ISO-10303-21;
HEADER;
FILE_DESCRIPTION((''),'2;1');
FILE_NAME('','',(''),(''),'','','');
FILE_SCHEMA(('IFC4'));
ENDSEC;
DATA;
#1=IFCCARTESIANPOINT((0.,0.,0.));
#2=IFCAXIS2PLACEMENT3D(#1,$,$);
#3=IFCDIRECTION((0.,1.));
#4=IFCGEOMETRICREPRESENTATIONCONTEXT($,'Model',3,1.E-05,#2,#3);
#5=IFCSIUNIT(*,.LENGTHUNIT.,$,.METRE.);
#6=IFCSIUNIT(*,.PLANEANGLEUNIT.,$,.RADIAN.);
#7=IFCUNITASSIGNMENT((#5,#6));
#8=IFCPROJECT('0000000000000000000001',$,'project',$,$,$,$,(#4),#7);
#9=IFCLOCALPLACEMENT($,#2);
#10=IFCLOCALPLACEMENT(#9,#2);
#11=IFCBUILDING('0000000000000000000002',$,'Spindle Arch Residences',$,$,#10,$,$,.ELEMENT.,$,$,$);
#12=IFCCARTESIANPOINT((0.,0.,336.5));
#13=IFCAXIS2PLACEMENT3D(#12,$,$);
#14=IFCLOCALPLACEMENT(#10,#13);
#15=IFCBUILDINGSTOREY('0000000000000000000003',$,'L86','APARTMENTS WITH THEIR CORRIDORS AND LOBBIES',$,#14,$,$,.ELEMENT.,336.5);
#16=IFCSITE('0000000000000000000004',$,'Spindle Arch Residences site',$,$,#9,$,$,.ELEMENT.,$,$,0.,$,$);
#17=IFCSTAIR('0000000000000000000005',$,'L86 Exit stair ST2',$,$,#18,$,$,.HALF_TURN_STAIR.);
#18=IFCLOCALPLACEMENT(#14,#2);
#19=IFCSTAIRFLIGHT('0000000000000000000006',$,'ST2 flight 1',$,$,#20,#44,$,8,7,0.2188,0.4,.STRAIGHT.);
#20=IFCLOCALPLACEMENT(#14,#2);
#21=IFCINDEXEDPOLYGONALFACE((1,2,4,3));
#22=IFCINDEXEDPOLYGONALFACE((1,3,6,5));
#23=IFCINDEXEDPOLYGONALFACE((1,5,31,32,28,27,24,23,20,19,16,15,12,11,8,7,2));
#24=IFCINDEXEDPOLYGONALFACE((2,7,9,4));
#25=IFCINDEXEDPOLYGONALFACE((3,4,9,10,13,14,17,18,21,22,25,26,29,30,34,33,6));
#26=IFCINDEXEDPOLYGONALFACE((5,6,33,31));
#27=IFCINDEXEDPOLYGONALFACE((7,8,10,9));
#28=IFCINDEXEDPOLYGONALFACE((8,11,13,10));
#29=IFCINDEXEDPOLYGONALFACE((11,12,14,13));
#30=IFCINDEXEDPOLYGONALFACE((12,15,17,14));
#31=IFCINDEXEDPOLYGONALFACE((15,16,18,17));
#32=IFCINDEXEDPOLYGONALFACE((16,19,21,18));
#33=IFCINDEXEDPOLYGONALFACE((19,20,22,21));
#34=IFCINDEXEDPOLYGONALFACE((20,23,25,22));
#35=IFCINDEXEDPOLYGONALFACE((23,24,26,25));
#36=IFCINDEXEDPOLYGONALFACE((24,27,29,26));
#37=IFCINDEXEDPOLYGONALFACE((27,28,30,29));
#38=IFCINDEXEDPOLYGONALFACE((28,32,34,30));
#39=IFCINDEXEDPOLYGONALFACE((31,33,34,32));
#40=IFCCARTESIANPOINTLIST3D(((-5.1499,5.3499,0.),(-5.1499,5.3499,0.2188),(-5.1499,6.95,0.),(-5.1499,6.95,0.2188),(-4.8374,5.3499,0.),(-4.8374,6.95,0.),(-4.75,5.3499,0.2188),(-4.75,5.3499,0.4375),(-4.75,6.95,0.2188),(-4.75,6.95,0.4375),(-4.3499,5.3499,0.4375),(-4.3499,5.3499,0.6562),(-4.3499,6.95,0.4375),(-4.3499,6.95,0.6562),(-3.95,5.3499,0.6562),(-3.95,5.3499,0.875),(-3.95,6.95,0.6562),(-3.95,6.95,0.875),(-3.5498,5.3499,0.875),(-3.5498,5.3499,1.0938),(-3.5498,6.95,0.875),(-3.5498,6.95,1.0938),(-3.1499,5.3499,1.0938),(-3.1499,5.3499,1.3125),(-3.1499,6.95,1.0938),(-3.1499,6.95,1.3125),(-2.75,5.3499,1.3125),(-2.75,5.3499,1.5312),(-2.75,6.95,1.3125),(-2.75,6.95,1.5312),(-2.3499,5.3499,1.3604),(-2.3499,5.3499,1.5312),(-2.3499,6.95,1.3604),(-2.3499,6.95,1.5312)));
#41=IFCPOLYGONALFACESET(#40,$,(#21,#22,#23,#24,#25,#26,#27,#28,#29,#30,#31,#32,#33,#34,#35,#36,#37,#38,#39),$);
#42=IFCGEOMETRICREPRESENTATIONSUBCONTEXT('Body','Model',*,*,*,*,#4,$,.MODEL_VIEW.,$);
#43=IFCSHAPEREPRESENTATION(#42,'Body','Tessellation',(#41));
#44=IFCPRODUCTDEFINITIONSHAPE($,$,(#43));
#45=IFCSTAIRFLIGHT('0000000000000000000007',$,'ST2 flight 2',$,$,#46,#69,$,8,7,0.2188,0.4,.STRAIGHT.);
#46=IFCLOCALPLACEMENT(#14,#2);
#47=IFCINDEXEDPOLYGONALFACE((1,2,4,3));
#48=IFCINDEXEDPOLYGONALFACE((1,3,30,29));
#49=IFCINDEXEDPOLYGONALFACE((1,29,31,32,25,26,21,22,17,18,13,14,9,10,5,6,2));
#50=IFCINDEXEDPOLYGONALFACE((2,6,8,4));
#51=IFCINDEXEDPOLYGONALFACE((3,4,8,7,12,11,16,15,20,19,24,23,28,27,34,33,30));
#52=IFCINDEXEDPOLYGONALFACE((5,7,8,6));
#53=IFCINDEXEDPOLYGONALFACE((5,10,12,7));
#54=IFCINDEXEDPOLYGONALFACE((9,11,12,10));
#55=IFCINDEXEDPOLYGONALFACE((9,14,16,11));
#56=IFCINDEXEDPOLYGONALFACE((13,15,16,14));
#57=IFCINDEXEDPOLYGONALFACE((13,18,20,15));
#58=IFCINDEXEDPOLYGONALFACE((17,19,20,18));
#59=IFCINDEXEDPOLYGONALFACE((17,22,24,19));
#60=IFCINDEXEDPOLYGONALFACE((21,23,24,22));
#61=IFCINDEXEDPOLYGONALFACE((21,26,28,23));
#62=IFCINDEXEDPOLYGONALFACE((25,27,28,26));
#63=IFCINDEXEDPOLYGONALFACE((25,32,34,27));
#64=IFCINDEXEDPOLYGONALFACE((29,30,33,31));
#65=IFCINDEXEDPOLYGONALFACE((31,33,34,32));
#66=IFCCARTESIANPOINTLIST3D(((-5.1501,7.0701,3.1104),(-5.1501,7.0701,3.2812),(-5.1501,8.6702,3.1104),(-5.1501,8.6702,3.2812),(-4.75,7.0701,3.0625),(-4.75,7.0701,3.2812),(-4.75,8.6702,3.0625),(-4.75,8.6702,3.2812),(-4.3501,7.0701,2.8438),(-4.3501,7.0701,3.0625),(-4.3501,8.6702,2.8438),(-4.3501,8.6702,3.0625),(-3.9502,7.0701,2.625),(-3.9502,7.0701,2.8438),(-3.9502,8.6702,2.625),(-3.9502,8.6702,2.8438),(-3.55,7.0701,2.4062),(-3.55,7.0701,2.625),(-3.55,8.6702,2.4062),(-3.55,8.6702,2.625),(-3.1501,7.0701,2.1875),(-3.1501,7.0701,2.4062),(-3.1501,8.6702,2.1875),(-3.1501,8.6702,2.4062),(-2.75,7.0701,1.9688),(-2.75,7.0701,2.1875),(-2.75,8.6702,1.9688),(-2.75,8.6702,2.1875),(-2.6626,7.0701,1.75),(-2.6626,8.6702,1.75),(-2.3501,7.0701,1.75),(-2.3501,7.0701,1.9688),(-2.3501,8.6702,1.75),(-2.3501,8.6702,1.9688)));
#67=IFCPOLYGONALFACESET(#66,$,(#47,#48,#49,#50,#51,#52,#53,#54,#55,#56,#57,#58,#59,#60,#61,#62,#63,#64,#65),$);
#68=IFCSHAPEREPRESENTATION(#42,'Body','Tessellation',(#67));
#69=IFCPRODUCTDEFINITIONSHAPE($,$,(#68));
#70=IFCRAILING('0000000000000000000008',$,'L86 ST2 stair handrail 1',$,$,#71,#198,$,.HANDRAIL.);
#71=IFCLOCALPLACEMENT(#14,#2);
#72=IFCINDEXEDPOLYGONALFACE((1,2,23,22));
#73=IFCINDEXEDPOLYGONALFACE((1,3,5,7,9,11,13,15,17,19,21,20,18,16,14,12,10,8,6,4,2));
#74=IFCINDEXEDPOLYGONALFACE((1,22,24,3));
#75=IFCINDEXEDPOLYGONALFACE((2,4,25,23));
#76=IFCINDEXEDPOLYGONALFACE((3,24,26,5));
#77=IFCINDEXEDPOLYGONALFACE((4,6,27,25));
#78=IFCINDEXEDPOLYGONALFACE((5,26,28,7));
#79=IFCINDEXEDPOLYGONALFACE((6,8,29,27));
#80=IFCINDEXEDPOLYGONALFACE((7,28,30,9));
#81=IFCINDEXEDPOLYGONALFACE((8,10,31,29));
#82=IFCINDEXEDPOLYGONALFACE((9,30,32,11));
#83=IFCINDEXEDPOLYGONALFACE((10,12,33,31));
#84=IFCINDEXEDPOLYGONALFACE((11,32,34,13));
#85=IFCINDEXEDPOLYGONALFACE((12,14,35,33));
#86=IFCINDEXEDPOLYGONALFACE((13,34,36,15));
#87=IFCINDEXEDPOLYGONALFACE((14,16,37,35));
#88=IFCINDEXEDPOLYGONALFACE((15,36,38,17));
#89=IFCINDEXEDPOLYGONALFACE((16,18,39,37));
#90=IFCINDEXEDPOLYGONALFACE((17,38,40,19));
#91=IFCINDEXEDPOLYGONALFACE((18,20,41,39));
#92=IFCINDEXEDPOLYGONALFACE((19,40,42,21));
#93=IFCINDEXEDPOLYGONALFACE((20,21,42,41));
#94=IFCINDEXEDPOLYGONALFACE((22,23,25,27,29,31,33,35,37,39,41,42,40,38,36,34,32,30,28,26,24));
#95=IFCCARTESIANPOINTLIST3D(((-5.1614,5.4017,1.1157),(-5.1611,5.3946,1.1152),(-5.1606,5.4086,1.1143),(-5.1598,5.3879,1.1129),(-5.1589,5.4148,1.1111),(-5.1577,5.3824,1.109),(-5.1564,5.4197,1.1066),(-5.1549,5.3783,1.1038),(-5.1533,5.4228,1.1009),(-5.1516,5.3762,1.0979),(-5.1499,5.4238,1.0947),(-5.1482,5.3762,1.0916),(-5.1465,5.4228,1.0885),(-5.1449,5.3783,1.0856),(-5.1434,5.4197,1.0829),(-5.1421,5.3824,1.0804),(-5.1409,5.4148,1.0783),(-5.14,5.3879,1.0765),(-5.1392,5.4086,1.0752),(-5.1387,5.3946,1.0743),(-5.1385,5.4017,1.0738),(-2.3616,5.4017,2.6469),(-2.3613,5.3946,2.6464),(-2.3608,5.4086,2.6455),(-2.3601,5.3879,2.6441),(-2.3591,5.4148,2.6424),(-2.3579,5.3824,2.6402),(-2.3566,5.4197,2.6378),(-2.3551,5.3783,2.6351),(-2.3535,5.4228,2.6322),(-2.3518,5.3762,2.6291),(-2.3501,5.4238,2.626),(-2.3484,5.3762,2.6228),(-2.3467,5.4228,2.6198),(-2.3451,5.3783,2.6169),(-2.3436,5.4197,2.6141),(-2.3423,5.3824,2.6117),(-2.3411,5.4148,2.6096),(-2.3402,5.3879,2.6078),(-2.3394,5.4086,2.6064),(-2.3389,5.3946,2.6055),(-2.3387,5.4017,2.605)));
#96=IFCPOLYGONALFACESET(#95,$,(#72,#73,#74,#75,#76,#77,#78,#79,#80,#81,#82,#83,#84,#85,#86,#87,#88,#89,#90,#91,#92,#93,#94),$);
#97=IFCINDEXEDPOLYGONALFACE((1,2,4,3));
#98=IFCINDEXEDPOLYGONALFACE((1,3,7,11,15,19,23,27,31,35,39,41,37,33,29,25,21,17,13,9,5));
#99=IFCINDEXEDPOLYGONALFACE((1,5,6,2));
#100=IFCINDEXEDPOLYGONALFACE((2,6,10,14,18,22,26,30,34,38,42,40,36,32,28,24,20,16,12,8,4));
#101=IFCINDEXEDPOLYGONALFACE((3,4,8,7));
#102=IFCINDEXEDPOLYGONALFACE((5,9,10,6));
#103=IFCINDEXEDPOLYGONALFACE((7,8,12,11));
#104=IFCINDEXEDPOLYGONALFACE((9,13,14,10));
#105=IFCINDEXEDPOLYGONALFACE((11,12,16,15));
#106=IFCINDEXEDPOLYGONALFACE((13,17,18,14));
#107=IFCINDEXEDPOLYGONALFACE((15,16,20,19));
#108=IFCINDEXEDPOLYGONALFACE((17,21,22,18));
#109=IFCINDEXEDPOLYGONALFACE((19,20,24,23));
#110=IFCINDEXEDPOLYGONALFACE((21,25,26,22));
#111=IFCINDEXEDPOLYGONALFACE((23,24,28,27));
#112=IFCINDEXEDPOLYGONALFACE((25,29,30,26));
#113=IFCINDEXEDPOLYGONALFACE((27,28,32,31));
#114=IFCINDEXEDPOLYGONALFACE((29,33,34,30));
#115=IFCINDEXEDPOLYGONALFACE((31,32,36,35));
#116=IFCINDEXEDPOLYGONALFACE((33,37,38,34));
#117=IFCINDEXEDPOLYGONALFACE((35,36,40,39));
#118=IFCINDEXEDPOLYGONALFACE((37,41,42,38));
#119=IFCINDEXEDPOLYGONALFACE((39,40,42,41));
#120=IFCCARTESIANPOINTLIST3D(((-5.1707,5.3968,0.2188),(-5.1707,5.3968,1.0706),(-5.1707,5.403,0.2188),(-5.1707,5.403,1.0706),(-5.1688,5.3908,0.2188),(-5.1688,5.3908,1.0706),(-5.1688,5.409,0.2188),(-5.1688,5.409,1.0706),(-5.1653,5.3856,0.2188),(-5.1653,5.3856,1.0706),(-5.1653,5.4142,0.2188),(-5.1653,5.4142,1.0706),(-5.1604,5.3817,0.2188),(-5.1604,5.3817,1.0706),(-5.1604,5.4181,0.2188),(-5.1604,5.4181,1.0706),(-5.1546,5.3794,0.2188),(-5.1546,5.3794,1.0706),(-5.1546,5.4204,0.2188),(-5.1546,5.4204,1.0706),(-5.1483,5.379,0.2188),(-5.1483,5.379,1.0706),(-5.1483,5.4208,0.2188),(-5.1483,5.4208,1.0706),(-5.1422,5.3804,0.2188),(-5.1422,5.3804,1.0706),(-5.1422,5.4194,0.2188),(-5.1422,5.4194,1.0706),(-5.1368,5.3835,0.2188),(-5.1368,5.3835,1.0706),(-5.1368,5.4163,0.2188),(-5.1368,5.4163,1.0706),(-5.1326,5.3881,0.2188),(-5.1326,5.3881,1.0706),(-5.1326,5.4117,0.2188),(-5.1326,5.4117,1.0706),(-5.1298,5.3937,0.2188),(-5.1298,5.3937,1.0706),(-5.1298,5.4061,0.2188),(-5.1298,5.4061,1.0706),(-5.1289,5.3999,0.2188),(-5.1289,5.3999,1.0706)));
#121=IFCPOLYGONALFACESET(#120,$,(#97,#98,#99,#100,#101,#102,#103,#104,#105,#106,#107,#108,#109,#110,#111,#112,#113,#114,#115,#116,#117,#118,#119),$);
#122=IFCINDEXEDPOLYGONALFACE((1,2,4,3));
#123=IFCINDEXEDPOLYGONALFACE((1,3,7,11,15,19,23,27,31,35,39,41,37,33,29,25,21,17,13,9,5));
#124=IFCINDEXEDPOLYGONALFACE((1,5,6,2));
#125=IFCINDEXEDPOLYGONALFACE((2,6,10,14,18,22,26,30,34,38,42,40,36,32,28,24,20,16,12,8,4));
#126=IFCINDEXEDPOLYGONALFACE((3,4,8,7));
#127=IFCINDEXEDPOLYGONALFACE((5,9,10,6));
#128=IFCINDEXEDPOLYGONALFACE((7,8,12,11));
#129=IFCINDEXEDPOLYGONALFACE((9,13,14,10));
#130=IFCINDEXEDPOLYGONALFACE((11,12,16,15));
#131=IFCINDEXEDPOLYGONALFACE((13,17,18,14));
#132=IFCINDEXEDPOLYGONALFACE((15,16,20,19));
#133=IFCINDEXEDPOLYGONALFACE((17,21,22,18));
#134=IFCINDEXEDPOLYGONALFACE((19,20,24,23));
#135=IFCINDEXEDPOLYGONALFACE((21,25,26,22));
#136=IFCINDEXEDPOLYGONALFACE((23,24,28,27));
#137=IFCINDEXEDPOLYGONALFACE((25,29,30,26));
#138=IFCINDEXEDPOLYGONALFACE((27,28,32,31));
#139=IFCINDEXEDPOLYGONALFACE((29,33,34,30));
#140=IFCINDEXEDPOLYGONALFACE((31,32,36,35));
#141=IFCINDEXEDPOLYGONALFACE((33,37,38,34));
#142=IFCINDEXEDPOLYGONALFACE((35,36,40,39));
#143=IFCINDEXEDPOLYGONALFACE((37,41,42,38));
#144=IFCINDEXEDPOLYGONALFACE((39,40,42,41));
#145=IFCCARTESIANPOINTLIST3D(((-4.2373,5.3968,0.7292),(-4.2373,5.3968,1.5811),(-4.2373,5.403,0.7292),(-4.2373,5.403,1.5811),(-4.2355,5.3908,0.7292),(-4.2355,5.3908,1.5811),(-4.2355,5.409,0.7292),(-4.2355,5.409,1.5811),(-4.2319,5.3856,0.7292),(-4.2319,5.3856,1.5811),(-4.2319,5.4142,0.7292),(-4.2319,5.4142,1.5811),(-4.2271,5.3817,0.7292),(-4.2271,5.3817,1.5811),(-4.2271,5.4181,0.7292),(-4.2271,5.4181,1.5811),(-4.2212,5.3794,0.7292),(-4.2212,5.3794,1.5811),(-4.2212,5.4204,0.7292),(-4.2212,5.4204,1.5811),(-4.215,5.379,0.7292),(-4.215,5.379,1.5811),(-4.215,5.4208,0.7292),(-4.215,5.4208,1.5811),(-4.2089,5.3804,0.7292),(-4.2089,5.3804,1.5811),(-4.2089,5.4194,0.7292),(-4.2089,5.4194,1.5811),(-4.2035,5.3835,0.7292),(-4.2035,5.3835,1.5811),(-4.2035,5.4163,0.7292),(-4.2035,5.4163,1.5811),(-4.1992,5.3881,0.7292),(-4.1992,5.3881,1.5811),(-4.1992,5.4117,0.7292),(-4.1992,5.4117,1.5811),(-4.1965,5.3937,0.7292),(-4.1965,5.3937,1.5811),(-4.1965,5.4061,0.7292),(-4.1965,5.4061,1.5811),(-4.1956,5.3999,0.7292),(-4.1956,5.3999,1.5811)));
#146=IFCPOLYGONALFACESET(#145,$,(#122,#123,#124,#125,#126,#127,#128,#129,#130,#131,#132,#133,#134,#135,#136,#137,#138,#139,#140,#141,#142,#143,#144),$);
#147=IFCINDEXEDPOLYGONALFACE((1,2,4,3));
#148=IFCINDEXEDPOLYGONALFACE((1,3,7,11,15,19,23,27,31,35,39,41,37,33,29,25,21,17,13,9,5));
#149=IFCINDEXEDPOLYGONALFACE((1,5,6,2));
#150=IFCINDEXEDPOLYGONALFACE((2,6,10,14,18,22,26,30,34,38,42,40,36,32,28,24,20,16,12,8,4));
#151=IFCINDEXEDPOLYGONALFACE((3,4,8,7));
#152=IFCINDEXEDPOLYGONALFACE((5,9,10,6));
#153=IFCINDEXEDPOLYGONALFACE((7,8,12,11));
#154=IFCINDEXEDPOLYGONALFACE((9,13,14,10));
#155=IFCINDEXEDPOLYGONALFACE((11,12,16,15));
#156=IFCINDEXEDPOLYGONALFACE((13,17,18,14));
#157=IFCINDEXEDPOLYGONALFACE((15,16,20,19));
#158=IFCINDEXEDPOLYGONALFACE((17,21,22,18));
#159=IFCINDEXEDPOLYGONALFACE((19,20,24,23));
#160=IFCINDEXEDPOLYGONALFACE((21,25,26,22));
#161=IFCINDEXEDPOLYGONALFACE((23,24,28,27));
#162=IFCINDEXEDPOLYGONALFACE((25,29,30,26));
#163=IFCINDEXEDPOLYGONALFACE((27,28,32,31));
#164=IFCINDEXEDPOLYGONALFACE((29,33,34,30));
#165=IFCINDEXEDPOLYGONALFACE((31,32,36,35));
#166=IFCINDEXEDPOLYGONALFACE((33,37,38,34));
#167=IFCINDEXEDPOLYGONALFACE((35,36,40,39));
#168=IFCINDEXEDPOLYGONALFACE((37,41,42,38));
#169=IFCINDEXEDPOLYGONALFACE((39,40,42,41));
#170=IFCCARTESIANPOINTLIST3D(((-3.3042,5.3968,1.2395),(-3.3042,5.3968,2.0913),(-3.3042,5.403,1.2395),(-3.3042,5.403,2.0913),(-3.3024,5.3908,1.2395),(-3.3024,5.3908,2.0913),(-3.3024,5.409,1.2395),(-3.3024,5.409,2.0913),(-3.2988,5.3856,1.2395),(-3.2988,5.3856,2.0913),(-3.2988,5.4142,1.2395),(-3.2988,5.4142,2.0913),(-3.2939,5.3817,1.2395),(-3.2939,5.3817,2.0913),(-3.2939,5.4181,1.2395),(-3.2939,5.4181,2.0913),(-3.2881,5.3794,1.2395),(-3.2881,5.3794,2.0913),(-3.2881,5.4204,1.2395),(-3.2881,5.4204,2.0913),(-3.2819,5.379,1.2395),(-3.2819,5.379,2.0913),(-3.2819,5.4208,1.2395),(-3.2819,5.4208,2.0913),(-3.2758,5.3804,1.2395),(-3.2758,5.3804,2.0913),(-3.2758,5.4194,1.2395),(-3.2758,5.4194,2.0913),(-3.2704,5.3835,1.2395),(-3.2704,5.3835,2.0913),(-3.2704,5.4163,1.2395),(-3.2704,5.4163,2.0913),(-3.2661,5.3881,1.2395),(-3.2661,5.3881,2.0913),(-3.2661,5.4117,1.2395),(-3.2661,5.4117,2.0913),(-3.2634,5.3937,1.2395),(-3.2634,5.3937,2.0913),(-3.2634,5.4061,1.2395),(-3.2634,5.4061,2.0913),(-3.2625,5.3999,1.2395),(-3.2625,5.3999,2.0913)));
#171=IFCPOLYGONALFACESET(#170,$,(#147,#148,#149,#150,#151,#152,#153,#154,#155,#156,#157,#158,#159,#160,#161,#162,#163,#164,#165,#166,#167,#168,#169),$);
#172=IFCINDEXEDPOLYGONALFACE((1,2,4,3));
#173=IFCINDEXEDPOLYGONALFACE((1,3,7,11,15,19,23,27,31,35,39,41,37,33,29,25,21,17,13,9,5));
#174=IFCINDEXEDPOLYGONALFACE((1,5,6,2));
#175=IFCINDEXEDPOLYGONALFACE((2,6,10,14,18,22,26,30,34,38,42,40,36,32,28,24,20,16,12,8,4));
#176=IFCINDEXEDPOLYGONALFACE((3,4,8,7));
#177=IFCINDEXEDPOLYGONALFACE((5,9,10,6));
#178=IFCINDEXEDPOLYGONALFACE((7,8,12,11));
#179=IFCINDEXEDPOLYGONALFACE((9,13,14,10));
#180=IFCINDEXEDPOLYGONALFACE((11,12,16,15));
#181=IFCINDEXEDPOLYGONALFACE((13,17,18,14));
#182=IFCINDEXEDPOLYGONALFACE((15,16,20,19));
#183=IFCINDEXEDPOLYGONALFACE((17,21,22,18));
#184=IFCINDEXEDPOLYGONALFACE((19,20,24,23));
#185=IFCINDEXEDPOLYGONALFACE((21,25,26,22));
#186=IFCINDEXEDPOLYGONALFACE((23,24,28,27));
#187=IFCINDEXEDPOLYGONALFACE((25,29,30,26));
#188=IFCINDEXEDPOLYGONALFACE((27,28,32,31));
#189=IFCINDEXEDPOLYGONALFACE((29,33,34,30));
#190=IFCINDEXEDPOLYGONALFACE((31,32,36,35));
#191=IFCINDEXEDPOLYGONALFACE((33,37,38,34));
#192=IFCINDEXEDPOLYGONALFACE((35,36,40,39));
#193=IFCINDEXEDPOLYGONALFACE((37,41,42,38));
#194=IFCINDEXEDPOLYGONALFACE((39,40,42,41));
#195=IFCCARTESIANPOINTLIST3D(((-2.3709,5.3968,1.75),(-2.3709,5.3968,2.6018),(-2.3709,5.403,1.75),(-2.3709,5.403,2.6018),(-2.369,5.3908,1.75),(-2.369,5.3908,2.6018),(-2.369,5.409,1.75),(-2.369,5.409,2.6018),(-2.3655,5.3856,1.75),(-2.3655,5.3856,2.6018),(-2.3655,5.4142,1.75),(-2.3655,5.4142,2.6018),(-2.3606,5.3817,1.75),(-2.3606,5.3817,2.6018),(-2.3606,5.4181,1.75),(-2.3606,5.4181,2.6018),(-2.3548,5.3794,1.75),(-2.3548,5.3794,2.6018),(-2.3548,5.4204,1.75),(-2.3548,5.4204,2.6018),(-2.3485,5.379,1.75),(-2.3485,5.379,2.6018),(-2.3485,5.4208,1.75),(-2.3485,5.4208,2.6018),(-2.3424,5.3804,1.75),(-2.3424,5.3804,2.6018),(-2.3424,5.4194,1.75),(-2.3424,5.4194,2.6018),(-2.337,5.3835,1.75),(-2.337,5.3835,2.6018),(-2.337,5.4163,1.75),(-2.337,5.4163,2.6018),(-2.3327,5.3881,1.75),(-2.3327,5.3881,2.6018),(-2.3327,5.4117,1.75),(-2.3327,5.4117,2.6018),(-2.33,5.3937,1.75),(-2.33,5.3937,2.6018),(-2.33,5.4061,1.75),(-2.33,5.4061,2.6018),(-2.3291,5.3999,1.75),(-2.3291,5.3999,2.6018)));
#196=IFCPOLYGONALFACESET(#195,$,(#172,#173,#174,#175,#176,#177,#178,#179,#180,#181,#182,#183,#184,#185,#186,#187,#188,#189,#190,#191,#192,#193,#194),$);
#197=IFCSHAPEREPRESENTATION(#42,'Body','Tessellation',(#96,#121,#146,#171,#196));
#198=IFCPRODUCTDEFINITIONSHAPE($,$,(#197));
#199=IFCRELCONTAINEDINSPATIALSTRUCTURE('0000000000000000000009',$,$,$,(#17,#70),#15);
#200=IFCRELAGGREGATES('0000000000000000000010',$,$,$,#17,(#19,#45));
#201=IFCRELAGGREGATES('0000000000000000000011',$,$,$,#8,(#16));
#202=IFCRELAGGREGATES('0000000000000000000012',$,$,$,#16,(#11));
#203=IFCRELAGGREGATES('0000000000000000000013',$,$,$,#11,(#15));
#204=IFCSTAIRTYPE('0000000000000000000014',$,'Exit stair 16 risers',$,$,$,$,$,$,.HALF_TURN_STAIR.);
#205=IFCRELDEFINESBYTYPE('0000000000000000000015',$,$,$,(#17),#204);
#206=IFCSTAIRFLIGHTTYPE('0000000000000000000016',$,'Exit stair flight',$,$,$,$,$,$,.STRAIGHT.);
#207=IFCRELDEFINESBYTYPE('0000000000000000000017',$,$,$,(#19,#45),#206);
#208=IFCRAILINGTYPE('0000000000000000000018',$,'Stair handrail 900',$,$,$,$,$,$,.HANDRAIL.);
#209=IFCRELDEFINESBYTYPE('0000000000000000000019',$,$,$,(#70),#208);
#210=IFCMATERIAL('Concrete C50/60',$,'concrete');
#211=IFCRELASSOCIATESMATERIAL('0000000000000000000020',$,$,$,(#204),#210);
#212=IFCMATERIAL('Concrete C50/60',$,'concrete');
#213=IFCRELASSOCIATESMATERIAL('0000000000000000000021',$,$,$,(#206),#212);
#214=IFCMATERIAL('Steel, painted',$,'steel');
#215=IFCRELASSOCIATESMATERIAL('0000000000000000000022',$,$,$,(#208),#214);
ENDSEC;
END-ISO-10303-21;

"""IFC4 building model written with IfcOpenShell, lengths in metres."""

from ifc_helpers import new_model, si_unit, direction, frame, origin, origin_2d, place, context, subcontext, project, spatial, polyline, circle, outline, extrude, material, type_object, element, aggregate, save


model = new_model("IFC4")

# Units and contexts
model_context = context("Model", 3, precision=1e-05, world=origin(), true_north=direction((0.0, 1.0)))
body_context = subcontext(model_context, "Body", "Model", "MODEL_VIEW")
ifc_project = project(units=[si_unit("LENGTHUNIT", "METRE"), si_unit("PLANEANGLEUNIT", "RADIAN")], contexts=[model_context])

# Site, building, storey
site_placement = place(None, origin())
site = spatial("IfcSite", under=ifc_project, at=site_placement, Name="Spindle Arch Residences site", CompositionType="ELEMENT", RefElevation=0.0)
building_placement = place(site_placement, origin())
building = spatial("IfcBuilding", under=site, at=building_placement, Name="Spindle Arch Residences", CompositionType="ELEMENT")
storey_placement = place(building_placement, frame((0.0, 0.0, 336.5)))
storey = spatial("IfcBuildingStorey", under=building, at=storey_placement, Name="L86", Description="APARTMENTS WITH THEIR CORRIDORS AND LOBBIES", CompositionType="ELEMENT", Elevation=336.5)

# Stair, stair flights
ifc_material_1 = material(Name="Concrete C50/60", Category="concrete")
stair_type = type_object("IfcStairType", Name="Exit stair 16 risers", PredefinedType="HALF_TURN_STAIR", material=ifc_material_1)
stair_placement = place(storey_placement, origin())
stair = element("IfcStair", 1, at=stair_placement, inside=storey, type_object=stair_type, Name="L86 Exit stair ST2", PredefinedType="HALF_TURN_STAIR")
ifc_material_2 = material(Name="Concrete C50/60", Category="concrete")
stair_flight_type = type_object("IfcStairFlightType", Name="Exit stair flight", PredefinedType="STRAIGHT", material=ifc_material_2)
stair_flight_1_placement = place(storey_placement, frame((-5.1499, 6.1499, 0.0), z_axis=(0.0, 0.0, 1.0), x_axis=(1.0, 0.0, 0.0)))
stair_flight_1 = element("IfcStairFlight", 2, at=stair_flight_1_placement, type_object=stair_flight_type, Name="ST2 flight 1", NumberOfRisers=8, NumberOfTreads=7, PredefinedType="STRAIGHT", RiserHeight=0.2188, TreadLength=0.4, context=body_context, shape_type="SweptSolid", body=[
    extrude(outline(polyline([(0.0, 0.0), (0.0, 0.2188), (0.3999, 0.2188), (0.3999, 0.4375), (0.8, 0.4375), (0.8, 0.6562), (1.2, 0.6562), (1.2, 0.875), (1.6001, 0.875), (1.6001, 1.0938), (2.0, 1.0938), (2.0, 1.3125), (2.3999, 1.3125), (2.3999, 1.5312), (2.8, 1.5312), (2.8, 1.75), (2.8, 1.3604), (0.3125, 0.0), (0.0, 0.0)])), frame((0.0, 0.8, 0.0), z_axis=(0.0, -1.0, 0.0), x_axis=(1.0, 0.0, 0.0)), (0.0, 0.0, 1.0), 1.6001),
])
stair_flight_2_placement = place(storey_placement, frame((-2.3501, 7.8701, 1.75), z_axis=(0.0, 0.0, 1.0), x_axis=(-1.0, 0.0, 0.0)))
stair_flight_2 = element("IfcStairFlight", 3, at=stair_flight_2_placement, type_object=stair_flight_type, Name="ST2 flight 2", NumberOfRisers=8, NumberOfTreads=7, PredefinedType="STRAIGHT", RiserHeight=0.2188, TreadLength=0.4, context=body_context, shape_type="SweptSolid", body=[
    extrude(outline(polyline([(0.0, 0.0), (0.0, 0.2188), (0.3999, 0.2188), (0.3999, 0.4375), (0.8, 0.4375), (0.8, 0.6562), (1.2, 0.6562), (1.2, 0.875), (1.6001, 0.875), (1.6001, 1.0938), (2.0, 1.0938), (2.0, 1.3125), (2.3999, 1.3125), (2.3999, 1.5312), (2.8, 1.5312), (2.8, 1.75), (2.8, 1.3604), (0.3125, 0.0), (0.0, 0.0)])), frame((0.0, 0.8, 0.0), z_axis=(0.0, -1.0, 0.0), x_axis=(1.0, 0.0, 0.0)), (0.0, 0.0, 1.0), 1.6001),
])
aggregate(stair, [stair_flight_1, stair_flight_2])

# Railing
ifc_material_3 = material(Name="Steel, painted", Category="steel")
railing_type_1 = type_object("IfcRailingType", Name="Stair handrail 900", PredefinedType="HANDRAIL", material=ifc_material_3)
railing_1_placement = place(storey_placement, frame((-5.1499, 5.3999, 0.2188)))
element("IfcRailing", 4, at=railing_1_placement, inside=storey, type_object=railing_type_1, Name="L86 ST2 stair handrail 1", PredefinedType="HANDRAIL", context=body_context, shape_type="SweptSolid", body=[
    extrude(circle(Radius=0.0239, at=origin_2d()), frame((0.0, 0.0, 0.876), z_axis=(0.877357, 0.0, 0.479838), x_axis=(0.0, 1.0, 0.0)), (0.0, 0.0, 1.0), 3.1912),
    extrude(circle(Radius=0.021, at=origin_2d()), origin(), (0.0, 0.0, 1.0), 0.8518),
    extrude(circle(Radius=0.021, at=origin_2d()), frame((0.9333, 0.0, 0.5105)), (0.0, 0.0, 1.0), 0.8518),
    extrude(circle(Radius=0.021, at=origin_2d()), frame((1.8665, 0.0, 1.0208)), (0.0, 0.0, 1.0), 0.8518),
    extrude(circle(Radius=0.021, at=origin_2d()), frame((2.7998, 0.0, 1.5312)), (0.0, 0.0, 1.0), 0.8518),
])

save(model, "model.ifc")
